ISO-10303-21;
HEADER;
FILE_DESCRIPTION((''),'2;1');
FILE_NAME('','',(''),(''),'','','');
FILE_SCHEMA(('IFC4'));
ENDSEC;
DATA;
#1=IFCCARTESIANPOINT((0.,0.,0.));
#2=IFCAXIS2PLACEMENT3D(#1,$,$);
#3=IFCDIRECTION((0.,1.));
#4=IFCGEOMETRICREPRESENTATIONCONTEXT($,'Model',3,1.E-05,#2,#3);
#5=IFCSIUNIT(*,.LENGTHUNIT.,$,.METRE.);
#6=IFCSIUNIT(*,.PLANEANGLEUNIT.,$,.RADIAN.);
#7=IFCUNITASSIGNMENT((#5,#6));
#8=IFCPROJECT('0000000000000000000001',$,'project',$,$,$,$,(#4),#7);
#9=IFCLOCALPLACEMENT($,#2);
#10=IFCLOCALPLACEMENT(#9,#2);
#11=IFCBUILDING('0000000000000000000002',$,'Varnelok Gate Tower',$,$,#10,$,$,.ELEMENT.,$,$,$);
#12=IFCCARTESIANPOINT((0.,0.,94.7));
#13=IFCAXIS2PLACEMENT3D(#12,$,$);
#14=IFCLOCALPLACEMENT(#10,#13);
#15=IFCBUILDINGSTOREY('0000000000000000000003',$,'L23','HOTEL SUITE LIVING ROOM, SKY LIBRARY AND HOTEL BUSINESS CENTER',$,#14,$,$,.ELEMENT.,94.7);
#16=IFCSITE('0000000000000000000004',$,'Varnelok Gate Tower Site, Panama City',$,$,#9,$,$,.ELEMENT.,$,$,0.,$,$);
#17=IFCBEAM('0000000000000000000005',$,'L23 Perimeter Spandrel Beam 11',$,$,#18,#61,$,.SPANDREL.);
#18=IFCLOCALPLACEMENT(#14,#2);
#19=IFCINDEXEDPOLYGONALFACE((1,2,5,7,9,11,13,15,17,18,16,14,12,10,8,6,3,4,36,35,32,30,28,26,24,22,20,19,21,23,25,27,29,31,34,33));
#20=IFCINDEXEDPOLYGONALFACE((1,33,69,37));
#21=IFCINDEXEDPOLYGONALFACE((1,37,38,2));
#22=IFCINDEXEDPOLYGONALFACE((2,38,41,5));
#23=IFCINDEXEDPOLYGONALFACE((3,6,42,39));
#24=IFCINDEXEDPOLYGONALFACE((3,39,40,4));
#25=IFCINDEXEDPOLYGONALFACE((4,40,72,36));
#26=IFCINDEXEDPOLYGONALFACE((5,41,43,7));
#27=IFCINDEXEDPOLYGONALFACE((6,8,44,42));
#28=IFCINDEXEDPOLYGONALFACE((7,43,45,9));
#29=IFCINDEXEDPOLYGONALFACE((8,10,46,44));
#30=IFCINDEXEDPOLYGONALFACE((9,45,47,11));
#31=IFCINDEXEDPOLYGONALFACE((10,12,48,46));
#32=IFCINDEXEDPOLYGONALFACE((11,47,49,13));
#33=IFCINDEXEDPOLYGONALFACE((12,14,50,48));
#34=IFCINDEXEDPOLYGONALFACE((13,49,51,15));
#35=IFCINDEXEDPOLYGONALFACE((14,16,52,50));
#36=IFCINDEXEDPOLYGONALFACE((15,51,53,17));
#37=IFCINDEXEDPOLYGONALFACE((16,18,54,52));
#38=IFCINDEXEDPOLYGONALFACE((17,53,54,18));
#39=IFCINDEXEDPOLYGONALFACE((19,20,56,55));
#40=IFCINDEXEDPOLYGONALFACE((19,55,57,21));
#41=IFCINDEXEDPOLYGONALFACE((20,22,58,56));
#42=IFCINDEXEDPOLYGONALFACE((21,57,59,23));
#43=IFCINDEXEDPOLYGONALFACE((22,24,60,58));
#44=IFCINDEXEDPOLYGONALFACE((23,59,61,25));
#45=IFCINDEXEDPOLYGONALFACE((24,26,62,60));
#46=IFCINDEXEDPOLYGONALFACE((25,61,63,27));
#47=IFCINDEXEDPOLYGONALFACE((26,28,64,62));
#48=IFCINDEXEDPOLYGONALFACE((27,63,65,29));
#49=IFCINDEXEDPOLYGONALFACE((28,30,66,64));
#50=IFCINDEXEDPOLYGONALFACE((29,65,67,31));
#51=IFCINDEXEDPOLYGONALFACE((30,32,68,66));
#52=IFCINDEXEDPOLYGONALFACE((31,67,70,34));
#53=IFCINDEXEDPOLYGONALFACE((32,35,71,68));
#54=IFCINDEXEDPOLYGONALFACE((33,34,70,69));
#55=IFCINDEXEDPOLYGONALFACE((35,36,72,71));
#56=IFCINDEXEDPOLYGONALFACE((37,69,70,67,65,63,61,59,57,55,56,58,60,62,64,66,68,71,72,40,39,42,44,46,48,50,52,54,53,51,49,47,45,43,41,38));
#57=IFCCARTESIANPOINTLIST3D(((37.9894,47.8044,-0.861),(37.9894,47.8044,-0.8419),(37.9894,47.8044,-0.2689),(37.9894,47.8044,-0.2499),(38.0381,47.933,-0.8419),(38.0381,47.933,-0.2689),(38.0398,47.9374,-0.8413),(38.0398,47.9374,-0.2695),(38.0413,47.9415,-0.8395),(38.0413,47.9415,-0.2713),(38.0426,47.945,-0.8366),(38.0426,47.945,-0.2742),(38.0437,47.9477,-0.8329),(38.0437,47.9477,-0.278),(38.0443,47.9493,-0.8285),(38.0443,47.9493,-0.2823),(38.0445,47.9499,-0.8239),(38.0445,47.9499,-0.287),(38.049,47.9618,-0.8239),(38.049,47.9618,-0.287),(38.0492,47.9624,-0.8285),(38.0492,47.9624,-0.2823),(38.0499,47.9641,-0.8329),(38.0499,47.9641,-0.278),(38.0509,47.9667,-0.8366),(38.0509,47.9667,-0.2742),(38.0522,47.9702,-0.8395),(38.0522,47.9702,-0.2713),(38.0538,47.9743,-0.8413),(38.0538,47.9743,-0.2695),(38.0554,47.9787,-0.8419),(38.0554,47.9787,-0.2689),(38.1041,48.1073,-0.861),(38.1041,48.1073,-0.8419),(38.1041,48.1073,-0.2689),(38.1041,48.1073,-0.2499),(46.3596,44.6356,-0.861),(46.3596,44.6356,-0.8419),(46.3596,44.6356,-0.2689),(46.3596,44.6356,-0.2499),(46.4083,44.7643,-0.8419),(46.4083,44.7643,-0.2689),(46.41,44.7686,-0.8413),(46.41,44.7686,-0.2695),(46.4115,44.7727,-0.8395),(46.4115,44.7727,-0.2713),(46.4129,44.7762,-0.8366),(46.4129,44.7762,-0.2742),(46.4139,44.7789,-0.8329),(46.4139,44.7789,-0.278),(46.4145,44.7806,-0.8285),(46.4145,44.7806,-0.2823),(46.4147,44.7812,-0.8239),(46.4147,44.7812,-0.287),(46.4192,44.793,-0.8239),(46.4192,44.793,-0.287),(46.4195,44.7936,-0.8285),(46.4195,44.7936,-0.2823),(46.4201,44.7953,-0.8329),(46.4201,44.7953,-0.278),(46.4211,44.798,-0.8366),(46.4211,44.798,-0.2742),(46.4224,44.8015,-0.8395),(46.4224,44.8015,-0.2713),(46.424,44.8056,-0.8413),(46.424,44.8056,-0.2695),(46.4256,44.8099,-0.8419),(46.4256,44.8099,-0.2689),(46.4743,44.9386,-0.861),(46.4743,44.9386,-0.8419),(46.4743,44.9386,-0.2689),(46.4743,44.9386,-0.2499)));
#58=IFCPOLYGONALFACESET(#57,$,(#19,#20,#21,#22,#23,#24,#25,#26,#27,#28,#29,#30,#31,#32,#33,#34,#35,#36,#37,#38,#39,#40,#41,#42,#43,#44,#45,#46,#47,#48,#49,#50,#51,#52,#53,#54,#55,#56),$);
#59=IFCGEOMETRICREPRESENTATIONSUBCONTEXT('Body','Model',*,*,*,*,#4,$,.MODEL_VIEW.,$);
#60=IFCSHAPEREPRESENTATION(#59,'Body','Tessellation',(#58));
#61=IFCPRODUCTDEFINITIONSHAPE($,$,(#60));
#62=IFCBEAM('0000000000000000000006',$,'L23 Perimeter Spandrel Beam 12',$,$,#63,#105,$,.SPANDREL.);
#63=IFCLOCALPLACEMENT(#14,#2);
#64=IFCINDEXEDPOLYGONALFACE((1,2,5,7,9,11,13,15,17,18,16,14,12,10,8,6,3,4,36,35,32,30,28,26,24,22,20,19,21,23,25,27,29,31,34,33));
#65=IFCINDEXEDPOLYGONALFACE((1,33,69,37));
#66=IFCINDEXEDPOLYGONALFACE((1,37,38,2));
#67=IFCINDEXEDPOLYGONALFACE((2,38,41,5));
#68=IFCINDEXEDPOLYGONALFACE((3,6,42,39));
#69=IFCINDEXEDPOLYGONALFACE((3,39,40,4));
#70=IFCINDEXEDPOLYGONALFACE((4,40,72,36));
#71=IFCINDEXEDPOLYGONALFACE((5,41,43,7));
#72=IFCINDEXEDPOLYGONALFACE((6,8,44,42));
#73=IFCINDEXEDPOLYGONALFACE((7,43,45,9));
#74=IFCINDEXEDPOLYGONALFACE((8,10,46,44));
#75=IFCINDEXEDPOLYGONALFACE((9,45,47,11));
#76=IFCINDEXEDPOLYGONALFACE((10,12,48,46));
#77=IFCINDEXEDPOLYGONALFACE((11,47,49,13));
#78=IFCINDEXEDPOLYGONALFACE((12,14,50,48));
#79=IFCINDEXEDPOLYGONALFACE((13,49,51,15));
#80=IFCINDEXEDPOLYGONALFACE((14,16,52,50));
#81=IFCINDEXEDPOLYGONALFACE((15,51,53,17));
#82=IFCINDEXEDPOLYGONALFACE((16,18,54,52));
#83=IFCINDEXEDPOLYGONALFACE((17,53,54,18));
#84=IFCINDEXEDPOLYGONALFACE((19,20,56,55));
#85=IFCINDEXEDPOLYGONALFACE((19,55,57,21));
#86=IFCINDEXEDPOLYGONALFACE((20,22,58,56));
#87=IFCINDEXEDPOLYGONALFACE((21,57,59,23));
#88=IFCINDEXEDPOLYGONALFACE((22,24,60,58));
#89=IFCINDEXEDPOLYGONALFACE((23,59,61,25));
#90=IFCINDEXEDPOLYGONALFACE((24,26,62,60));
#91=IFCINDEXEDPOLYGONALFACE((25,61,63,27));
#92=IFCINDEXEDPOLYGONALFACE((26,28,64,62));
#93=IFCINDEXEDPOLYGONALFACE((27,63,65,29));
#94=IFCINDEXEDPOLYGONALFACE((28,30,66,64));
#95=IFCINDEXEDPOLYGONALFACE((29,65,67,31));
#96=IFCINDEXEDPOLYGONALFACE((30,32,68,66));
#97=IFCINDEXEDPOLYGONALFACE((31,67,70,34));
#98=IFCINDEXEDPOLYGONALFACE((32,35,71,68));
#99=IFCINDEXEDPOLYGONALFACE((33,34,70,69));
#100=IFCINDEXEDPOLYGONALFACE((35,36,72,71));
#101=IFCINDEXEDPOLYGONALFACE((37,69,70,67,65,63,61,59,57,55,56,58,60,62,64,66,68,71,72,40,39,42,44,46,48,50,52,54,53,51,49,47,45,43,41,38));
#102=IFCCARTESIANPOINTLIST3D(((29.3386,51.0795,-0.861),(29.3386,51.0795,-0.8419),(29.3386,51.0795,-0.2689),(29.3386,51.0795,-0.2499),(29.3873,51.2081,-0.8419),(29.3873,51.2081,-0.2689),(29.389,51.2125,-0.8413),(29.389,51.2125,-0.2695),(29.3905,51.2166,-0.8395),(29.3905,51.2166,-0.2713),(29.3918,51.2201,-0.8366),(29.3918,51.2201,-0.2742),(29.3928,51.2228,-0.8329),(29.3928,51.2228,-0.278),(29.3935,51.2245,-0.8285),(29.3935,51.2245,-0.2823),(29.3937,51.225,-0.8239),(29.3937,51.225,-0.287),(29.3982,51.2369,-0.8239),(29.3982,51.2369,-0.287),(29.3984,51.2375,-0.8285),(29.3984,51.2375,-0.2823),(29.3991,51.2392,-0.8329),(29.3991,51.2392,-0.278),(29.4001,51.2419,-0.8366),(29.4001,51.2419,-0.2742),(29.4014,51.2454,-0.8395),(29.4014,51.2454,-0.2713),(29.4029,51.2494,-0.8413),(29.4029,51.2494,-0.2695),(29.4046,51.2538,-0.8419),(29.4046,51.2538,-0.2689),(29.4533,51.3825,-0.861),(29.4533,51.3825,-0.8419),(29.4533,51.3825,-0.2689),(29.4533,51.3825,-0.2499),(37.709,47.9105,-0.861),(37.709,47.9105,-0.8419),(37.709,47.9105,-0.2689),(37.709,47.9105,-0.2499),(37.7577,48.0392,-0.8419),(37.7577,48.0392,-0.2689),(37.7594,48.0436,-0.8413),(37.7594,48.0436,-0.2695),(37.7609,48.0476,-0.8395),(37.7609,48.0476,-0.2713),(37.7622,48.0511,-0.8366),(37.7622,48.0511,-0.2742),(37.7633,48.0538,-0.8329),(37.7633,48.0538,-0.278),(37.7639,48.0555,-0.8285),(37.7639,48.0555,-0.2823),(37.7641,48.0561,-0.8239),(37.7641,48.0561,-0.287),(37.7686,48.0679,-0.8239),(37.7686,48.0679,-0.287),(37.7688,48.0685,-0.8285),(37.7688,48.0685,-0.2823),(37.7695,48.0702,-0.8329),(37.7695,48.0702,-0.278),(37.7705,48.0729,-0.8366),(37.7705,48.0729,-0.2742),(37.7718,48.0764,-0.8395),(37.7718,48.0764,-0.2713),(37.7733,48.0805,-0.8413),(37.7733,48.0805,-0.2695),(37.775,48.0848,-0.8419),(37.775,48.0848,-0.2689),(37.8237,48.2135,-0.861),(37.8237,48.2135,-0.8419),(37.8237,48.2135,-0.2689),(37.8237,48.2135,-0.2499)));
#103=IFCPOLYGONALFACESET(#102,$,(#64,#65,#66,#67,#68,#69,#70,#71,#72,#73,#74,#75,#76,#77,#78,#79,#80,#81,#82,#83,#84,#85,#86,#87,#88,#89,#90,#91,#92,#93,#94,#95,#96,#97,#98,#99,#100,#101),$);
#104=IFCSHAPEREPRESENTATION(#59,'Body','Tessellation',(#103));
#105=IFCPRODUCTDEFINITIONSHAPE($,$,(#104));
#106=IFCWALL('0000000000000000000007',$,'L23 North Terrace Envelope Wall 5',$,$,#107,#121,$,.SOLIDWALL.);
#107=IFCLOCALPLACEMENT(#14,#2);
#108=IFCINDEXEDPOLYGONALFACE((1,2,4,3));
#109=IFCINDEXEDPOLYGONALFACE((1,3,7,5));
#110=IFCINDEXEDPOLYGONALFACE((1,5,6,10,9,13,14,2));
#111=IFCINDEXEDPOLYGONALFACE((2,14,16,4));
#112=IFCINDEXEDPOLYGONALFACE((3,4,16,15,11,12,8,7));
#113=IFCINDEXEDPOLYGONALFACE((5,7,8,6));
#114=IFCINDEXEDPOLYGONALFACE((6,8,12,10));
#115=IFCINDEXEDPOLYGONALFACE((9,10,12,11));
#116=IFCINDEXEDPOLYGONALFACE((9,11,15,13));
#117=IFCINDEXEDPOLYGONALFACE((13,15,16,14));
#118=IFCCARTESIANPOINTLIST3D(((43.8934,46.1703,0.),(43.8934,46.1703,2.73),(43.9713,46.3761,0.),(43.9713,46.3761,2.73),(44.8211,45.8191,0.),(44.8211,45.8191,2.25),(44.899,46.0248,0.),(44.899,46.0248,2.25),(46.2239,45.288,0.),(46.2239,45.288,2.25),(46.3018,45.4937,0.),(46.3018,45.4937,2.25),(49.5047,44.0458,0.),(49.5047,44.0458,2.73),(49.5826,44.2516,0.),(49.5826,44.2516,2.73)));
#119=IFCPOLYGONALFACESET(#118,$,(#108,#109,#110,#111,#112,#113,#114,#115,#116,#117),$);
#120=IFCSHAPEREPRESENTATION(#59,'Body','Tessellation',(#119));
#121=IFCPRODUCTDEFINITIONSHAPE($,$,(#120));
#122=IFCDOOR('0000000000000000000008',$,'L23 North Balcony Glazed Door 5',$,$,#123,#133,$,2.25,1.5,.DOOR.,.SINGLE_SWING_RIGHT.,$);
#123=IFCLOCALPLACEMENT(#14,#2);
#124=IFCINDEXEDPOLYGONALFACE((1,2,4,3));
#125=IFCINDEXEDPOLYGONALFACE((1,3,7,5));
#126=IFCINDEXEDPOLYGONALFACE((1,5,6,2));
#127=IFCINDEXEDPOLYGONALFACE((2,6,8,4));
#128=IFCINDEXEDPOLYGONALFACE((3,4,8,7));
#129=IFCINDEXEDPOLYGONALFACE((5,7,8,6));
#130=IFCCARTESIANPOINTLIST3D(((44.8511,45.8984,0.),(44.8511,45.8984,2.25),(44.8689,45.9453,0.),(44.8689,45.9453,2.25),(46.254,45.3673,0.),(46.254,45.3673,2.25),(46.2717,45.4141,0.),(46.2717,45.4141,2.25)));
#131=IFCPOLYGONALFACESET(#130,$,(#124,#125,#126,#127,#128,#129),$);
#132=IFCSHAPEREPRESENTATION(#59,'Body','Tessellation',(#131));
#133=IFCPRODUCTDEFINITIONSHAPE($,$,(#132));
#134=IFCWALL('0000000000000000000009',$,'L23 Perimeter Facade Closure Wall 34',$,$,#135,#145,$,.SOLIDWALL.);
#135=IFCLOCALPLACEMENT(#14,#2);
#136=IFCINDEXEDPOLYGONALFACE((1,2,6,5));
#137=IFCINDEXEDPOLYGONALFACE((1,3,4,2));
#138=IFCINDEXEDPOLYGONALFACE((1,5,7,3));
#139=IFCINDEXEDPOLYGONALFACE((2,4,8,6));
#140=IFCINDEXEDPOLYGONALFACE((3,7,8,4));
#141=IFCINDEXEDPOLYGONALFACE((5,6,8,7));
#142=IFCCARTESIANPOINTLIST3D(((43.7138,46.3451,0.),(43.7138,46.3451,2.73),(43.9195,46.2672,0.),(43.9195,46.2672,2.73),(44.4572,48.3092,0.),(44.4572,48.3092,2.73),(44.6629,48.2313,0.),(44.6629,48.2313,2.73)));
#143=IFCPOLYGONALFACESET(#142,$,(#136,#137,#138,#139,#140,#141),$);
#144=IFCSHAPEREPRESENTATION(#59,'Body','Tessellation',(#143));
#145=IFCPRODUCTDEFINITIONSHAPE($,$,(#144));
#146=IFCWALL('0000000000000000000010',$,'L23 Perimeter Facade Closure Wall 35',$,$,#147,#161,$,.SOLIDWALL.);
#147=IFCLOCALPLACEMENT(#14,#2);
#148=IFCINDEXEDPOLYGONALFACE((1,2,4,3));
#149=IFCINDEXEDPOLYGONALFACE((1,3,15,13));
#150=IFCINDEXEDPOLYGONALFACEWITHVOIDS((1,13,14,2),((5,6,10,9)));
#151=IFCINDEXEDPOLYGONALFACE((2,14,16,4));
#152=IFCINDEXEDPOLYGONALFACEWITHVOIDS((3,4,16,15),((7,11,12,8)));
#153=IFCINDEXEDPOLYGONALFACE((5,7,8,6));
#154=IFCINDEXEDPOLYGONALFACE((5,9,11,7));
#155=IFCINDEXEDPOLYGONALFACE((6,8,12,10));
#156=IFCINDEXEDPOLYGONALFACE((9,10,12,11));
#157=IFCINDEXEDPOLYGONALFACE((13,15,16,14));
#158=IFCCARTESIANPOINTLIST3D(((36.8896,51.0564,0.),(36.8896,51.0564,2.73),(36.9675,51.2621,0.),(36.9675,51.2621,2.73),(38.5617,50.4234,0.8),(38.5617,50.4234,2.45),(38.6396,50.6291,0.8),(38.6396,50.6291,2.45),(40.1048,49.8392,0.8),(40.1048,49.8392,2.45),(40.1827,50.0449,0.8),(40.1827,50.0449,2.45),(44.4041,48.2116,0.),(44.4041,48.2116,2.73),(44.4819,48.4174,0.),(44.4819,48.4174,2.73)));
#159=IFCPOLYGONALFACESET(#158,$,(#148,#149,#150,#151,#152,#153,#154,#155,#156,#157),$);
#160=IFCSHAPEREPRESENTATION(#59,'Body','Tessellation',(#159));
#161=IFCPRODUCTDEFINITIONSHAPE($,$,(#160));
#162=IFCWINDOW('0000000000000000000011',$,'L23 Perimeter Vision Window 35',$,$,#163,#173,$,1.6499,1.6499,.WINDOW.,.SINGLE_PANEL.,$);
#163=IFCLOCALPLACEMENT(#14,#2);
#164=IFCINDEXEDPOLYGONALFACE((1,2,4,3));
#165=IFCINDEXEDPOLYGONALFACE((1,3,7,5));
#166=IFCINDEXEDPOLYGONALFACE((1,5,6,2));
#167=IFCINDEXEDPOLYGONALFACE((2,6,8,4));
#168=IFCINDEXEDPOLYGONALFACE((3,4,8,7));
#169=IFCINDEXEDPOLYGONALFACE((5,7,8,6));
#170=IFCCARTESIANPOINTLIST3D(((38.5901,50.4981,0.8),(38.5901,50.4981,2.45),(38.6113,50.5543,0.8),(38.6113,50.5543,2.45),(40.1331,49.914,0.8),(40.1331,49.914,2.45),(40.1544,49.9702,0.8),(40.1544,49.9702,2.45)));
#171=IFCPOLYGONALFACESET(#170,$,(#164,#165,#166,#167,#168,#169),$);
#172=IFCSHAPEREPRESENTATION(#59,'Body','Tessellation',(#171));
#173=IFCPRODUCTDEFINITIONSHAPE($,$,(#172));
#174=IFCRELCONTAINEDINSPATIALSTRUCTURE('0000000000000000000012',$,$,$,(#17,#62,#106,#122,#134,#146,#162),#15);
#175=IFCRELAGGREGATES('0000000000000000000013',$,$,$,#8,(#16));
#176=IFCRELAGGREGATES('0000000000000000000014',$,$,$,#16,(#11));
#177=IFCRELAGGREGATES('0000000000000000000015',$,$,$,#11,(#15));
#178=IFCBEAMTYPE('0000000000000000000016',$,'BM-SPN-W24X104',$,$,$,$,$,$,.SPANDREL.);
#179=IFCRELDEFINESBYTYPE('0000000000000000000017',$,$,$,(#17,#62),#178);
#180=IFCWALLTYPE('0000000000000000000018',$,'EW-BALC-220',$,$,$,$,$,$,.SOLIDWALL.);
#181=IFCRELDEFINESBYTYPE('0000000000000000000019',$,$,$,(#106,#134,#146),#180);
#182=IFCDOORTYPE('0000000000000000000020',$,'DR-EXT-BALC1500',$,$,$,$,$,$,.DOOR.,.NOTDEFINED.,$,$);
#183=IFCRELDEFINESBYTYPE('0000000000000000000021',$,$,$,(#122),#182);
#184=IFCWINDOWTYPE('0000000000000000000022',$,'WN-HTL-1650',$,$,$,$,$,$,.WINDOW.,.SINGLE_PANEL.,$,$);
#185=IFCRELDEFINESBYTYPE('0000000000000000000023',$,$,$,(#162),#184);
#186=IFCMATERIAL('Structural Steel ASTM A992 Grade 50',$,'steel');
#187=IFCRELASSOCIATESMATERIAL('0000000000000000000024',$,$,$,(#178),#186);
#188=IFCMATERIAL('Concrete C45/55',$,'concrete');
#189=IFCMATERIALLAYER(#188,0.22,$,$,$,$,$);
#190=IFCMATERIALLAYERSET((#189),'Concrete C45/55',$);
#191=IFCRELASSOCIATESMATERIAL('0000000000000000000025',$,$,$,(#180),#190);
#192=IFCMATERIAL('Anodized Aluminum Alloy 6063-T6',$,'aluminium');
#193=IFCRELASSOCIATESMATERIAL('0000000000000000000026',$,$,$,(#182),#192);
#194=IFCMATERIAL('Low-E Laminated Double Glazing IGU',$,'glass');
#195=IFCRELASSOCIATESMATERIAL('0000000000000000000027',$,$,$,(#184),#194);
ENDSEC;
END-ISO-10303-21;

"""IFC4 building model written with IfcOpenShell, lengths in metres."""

from ifc_helpers import new_model, si_unit, direction, frame, frame_2d, origin, origin_2d, place, context, subcontext, project, spatial, rectangle, i_section, extrude, material, layer, layer_set, material_profile, profile_set, type_object, element, fill, save


model = new_model("IFC4")

# Units and contexts
model_context = context("Model", 3, precision=1e-05, world=origin(), true_north=direction((0.0, 1.0)))
body_context = subcontext(model_context, "Body", "Model", "MODEL_VIEW")
ifc_project = project(units=[si_unit("LENGTHUNIT", "METRE"), si_unit("PLANEANGLEUNIT", "RADIAN")], contexts=[model_context])

# Site, building, storey
site_placement = place(None, origin())
site = spatial("IfcSite", under=ifc_project, at=site_placement, Name="Varnelok Gate Tower Site, Panama City", CompositionType="ELEMENT", RefElevation=0.0)
building_placement = place(site_placement, origin())
building = spatial("IfcBuilding", under=site, at=building_placement, Name="Varnelok Gate Tower", CompositionType="ELEMENT")
storey_placement = place(building_placement, frame((0.0, 0.0, 94.7)))
storey = spatial("IfcBuildingStorey", under=building, at=storey_placement, Name="L23", Description="HOTEL SUITE LIVING ROOM, SKY LIBRARY AND HOTEL BUSINESS CENTER", CompositionType="ELEMENT", Elevation=94.7)

# Shared definitions
ifc_material_1 = material(Name="Structural Steel ASTM A992 Grade 50", Category="steel")

# Beams
ifc_material_profile_1 = material_profile(ifc_material_1, i_section(OverallWidth=0.324, OverallDepth=0.6111, WebThickness=0.0127, FlangeThickness=0.019, FilletRadius=0.0181, at=origin_2d()), Name="W24X104")
ifc_profile_set_1 = profile_set([ifc_material_profile_1], Name="Structural Steel ASTM A992 Grade 50")
beam_type_1 = type_object("IfcBeamType", Name="BM-SPN-W24X104", PredefinedType="SPANDREL", material=ifc_profile_set_1)
beam_1_placement = place(storey_placement, frame((46.417, 44.7871, -0.5554), z_axis=(-0.935226, 0.354051, 0.0), x_axis=(-0.354051, -0.935226, 0.0)))
element("IfcBeam", 1, at=beam_1_placement, inside=storey, type_object=beam_type_1, Name="L23 Perimeter Spandrel Beam 11", PredefinedType="SPANDREL", context=body_context, shape_type="SweptSolid", body=[
    extrude(i_section(OverallWidth=0.324, OverallDepth=0.6111, WebThickness=0.0127, FlangeThickness=0.019, FilletRadius=0.0181, at=origin_2d()), origin(), (0.0, 0.0, 1.0), 8.95),
])
beam_2_placement = place(storey_placement, frame((37.7664, 48.062, -0.5554), z_axis=(-0.93522, 0.354066, 0.0), x_axis=(-0.354066, -0.93522, 0.0)))
element("IfcBeam", 2, at=beam_2_placement, inside=storey, type_object=beam_type_1, Name="L23 Perimeter Spandrel Beam 12", PredefinedType="SPANDREL", context=body_context, shape_type="SweptSolid", body=[
    extrude(i_section(OverallWidth=0.324, OverallDepth=0.6111, WebThickness=0.0127, FlangeThickness=0.019, FilletRadius=0.0181, at=origin_2d()), origin(), (0.0, 0.0, 1.0), 8.9502),
])

# Wall, opening, door
ifc_material_2 = material(Name="Concrete C45/55", Category="concrete")
ifc_layer_1 = layer(ifc_material_2, 0.22)
ifc_layer_set_1 = layer_set([ifc_layer_1], Name="Concrete C45/55")
wall_type_1 = type_object("IfcWallType", Name="EW-BALC-220", PredefinedType="SOLIDWALL", material=ifc_layer_set_1)
wall_1_placement = place(storey_placement, frame((43.9324, 46.2732, 0.0), z_axis=(0.0, 0.0, 1.0), x_axis=(0.935214, -0.354083, 0.0)))
wall_1 = element("IfcWall", 3, at=wall_1_placement, inside=storey, type_object=wall_type_1, Name="L23 North Terrace Envelope Wall 5", PredefinedType="SOLIDWALL", context=body_context, shape_type="SweptSolid", body=[
    extrude(rectangle(XDim=6.0, YDim=0.22, at=frame_2d((3.0, 0.0))), origin(), (0.0, 0.0, 1.0), 2.73),
])
opening_1_placement = place(wall_1_placement, frame((0.9919, 0.0, 0.0)))
opening_1 = element("IfcOpeningElement", 4, at=opening_1_placement, cuts=wall_1, PredefinedType="OPENING", context=body_context, shape_type="SweptSolid", body=[
    extrude(rectangle(XDim=1.5, YDim=2.25, at=frame_2d((0.75, 1.125))), frame((0.0, 0.1199, 0.0), z_axis=(0.0, -1.0, 0.0), x_axis=(1.0, 0.0, 0.0)), (0.0, 0.0, 1.0), 0.24),
])
ifc_material_3 = material(Name="Anodized Aluminum Alloy 6063-T6", Category="aluminium")
door_type_1 = type_object("IfcDoorType", Name="DR-EXT-BALC1500", OperationType="NOTDEFINED", PredefinedType="DOOR", material=ifc_material_3)
door_1_placement = place(opening_1_placement, origin())
door_1 = element("IfcDoor", 5, at=door_1_placement, inside=storey, type_object=door_type_1, Name="L23 North Balcony Glazed Door 5", OperationType="SINGLE_SWING_RIGHT", OverallHeight=2.25, OverallWidth=1.5, PredefinedType="DOOR", context=body_context, shape_type="SweptSolid", body=[
    extrude(rectangle(XDim=1.5, YDim=2.25, at=frame_2d((0.75, 1.125))), frame((0.0, 0.0249, 0.0), z_axis=(0.0, -1.0, 0.0), x_axis=(1.0, 0.0, 0.0)), (0.0, 0.0, 1.0), 0.05),
])
fill(opening_1, door_1)

# Wall
wall_2_placement = place(storey_placement, frame((43.8167, 46.3062, 0.0), z_axis=(0.0, 0.0, 1.0), x_axis=(0.353988, 0.93525, 0.0)))
element("IfcWall", 6, at=wall_2_placement, inside=storey, type_object=wall_type_1, Name="L23 Perimeter Facade Closure Wall 34", PredefinedType="SOLIDWALL", context=body_context, shape_type="SweptSolid", body=[
    extrude(rectangle(XDim=2.1001, YDim=0.22, at=frame_2d((1.05, 0.0))), origin(), (0.0, 0.0, 1.0), 2.73),
])

# Wall, opening, window
wall_3_placement = place(storey_placement, frame((44.4431, 48.3145, 0.0), z_axis=(0.0, 0.0, 1.0), x_axis=(-0.935227, 0.354049, 0.0)))
wall_3 = element("IfcWall", 7, at=wall_3_placement, inside=storey, type_object=wall_type_1, Name="L23 Perimeter Facade Closure Wall 35", PredefinedType="SOLIDWALL", context=body_context, shape_type="SweptSolid", body=[
    extrude(rectangle(XDim=8.0349, YDim=0.22, at=frame_2d((4.0176, 0.0))), origin(), (0.0, 0.0, 1.0), 2.73),
])
opening_2_placement = place(wall_3_placement, frame((4.5972, 0.0, 0.8)))
opening_2 = element("IfcOpeningElement", 8, at=opening_2_placement, cuts=wall_3, PredefinedType="OPENING", context=body_context, shape_type="SweptSolid", body=[
    extrude(rectangle(XDim=1.6499, YDim=1.6499, at=frame_2d((0.825, 0.825))), frame((0.0, 0.1199, 0.0), z_axis=(0.0, -1.0, 0.0), x_axis=(1.0, 0.0, 0.0)), (0.0, 0.0, 1.0), 0.24),
])
ifc_material_4 = material(Name="Low-E Laminated Double Glazing IGU", Category="glass")
window_type = type_object("IfcWindowType", Name="WN-HTL-1650", PartitioningType="SINGLE_PANEL", PredefinedType="WINDOW", material=ifc_material_4)
window_placement = place(opening_2_placement, origin())
window = element("IfcWindow", 9, at=window_placement, inside=storey, type_object=window_type, Name="L23 Perimeter Vision Window 35", OverallHeight=1.6499, OverallWidth=1.6499, PartitioningType="SINGLE_PANEL", PredefinedType="WINDOW", context=body_context, shape_type="SweptSolid", body=[
    extrude(rectangle(XDim=1.6499, YDim=1.6499, at=frame_2d((0.825, 0.825))), frame((0.0, 0.03, 0.0), z_axis=(0.0, -1.0, 0.0), x_axis=(1.0, 0.0, 0.0)), (0.0, 0.0, 1.0), 0.0601),
])
fill(opening_2, window)

save(model, "model.ifc")
